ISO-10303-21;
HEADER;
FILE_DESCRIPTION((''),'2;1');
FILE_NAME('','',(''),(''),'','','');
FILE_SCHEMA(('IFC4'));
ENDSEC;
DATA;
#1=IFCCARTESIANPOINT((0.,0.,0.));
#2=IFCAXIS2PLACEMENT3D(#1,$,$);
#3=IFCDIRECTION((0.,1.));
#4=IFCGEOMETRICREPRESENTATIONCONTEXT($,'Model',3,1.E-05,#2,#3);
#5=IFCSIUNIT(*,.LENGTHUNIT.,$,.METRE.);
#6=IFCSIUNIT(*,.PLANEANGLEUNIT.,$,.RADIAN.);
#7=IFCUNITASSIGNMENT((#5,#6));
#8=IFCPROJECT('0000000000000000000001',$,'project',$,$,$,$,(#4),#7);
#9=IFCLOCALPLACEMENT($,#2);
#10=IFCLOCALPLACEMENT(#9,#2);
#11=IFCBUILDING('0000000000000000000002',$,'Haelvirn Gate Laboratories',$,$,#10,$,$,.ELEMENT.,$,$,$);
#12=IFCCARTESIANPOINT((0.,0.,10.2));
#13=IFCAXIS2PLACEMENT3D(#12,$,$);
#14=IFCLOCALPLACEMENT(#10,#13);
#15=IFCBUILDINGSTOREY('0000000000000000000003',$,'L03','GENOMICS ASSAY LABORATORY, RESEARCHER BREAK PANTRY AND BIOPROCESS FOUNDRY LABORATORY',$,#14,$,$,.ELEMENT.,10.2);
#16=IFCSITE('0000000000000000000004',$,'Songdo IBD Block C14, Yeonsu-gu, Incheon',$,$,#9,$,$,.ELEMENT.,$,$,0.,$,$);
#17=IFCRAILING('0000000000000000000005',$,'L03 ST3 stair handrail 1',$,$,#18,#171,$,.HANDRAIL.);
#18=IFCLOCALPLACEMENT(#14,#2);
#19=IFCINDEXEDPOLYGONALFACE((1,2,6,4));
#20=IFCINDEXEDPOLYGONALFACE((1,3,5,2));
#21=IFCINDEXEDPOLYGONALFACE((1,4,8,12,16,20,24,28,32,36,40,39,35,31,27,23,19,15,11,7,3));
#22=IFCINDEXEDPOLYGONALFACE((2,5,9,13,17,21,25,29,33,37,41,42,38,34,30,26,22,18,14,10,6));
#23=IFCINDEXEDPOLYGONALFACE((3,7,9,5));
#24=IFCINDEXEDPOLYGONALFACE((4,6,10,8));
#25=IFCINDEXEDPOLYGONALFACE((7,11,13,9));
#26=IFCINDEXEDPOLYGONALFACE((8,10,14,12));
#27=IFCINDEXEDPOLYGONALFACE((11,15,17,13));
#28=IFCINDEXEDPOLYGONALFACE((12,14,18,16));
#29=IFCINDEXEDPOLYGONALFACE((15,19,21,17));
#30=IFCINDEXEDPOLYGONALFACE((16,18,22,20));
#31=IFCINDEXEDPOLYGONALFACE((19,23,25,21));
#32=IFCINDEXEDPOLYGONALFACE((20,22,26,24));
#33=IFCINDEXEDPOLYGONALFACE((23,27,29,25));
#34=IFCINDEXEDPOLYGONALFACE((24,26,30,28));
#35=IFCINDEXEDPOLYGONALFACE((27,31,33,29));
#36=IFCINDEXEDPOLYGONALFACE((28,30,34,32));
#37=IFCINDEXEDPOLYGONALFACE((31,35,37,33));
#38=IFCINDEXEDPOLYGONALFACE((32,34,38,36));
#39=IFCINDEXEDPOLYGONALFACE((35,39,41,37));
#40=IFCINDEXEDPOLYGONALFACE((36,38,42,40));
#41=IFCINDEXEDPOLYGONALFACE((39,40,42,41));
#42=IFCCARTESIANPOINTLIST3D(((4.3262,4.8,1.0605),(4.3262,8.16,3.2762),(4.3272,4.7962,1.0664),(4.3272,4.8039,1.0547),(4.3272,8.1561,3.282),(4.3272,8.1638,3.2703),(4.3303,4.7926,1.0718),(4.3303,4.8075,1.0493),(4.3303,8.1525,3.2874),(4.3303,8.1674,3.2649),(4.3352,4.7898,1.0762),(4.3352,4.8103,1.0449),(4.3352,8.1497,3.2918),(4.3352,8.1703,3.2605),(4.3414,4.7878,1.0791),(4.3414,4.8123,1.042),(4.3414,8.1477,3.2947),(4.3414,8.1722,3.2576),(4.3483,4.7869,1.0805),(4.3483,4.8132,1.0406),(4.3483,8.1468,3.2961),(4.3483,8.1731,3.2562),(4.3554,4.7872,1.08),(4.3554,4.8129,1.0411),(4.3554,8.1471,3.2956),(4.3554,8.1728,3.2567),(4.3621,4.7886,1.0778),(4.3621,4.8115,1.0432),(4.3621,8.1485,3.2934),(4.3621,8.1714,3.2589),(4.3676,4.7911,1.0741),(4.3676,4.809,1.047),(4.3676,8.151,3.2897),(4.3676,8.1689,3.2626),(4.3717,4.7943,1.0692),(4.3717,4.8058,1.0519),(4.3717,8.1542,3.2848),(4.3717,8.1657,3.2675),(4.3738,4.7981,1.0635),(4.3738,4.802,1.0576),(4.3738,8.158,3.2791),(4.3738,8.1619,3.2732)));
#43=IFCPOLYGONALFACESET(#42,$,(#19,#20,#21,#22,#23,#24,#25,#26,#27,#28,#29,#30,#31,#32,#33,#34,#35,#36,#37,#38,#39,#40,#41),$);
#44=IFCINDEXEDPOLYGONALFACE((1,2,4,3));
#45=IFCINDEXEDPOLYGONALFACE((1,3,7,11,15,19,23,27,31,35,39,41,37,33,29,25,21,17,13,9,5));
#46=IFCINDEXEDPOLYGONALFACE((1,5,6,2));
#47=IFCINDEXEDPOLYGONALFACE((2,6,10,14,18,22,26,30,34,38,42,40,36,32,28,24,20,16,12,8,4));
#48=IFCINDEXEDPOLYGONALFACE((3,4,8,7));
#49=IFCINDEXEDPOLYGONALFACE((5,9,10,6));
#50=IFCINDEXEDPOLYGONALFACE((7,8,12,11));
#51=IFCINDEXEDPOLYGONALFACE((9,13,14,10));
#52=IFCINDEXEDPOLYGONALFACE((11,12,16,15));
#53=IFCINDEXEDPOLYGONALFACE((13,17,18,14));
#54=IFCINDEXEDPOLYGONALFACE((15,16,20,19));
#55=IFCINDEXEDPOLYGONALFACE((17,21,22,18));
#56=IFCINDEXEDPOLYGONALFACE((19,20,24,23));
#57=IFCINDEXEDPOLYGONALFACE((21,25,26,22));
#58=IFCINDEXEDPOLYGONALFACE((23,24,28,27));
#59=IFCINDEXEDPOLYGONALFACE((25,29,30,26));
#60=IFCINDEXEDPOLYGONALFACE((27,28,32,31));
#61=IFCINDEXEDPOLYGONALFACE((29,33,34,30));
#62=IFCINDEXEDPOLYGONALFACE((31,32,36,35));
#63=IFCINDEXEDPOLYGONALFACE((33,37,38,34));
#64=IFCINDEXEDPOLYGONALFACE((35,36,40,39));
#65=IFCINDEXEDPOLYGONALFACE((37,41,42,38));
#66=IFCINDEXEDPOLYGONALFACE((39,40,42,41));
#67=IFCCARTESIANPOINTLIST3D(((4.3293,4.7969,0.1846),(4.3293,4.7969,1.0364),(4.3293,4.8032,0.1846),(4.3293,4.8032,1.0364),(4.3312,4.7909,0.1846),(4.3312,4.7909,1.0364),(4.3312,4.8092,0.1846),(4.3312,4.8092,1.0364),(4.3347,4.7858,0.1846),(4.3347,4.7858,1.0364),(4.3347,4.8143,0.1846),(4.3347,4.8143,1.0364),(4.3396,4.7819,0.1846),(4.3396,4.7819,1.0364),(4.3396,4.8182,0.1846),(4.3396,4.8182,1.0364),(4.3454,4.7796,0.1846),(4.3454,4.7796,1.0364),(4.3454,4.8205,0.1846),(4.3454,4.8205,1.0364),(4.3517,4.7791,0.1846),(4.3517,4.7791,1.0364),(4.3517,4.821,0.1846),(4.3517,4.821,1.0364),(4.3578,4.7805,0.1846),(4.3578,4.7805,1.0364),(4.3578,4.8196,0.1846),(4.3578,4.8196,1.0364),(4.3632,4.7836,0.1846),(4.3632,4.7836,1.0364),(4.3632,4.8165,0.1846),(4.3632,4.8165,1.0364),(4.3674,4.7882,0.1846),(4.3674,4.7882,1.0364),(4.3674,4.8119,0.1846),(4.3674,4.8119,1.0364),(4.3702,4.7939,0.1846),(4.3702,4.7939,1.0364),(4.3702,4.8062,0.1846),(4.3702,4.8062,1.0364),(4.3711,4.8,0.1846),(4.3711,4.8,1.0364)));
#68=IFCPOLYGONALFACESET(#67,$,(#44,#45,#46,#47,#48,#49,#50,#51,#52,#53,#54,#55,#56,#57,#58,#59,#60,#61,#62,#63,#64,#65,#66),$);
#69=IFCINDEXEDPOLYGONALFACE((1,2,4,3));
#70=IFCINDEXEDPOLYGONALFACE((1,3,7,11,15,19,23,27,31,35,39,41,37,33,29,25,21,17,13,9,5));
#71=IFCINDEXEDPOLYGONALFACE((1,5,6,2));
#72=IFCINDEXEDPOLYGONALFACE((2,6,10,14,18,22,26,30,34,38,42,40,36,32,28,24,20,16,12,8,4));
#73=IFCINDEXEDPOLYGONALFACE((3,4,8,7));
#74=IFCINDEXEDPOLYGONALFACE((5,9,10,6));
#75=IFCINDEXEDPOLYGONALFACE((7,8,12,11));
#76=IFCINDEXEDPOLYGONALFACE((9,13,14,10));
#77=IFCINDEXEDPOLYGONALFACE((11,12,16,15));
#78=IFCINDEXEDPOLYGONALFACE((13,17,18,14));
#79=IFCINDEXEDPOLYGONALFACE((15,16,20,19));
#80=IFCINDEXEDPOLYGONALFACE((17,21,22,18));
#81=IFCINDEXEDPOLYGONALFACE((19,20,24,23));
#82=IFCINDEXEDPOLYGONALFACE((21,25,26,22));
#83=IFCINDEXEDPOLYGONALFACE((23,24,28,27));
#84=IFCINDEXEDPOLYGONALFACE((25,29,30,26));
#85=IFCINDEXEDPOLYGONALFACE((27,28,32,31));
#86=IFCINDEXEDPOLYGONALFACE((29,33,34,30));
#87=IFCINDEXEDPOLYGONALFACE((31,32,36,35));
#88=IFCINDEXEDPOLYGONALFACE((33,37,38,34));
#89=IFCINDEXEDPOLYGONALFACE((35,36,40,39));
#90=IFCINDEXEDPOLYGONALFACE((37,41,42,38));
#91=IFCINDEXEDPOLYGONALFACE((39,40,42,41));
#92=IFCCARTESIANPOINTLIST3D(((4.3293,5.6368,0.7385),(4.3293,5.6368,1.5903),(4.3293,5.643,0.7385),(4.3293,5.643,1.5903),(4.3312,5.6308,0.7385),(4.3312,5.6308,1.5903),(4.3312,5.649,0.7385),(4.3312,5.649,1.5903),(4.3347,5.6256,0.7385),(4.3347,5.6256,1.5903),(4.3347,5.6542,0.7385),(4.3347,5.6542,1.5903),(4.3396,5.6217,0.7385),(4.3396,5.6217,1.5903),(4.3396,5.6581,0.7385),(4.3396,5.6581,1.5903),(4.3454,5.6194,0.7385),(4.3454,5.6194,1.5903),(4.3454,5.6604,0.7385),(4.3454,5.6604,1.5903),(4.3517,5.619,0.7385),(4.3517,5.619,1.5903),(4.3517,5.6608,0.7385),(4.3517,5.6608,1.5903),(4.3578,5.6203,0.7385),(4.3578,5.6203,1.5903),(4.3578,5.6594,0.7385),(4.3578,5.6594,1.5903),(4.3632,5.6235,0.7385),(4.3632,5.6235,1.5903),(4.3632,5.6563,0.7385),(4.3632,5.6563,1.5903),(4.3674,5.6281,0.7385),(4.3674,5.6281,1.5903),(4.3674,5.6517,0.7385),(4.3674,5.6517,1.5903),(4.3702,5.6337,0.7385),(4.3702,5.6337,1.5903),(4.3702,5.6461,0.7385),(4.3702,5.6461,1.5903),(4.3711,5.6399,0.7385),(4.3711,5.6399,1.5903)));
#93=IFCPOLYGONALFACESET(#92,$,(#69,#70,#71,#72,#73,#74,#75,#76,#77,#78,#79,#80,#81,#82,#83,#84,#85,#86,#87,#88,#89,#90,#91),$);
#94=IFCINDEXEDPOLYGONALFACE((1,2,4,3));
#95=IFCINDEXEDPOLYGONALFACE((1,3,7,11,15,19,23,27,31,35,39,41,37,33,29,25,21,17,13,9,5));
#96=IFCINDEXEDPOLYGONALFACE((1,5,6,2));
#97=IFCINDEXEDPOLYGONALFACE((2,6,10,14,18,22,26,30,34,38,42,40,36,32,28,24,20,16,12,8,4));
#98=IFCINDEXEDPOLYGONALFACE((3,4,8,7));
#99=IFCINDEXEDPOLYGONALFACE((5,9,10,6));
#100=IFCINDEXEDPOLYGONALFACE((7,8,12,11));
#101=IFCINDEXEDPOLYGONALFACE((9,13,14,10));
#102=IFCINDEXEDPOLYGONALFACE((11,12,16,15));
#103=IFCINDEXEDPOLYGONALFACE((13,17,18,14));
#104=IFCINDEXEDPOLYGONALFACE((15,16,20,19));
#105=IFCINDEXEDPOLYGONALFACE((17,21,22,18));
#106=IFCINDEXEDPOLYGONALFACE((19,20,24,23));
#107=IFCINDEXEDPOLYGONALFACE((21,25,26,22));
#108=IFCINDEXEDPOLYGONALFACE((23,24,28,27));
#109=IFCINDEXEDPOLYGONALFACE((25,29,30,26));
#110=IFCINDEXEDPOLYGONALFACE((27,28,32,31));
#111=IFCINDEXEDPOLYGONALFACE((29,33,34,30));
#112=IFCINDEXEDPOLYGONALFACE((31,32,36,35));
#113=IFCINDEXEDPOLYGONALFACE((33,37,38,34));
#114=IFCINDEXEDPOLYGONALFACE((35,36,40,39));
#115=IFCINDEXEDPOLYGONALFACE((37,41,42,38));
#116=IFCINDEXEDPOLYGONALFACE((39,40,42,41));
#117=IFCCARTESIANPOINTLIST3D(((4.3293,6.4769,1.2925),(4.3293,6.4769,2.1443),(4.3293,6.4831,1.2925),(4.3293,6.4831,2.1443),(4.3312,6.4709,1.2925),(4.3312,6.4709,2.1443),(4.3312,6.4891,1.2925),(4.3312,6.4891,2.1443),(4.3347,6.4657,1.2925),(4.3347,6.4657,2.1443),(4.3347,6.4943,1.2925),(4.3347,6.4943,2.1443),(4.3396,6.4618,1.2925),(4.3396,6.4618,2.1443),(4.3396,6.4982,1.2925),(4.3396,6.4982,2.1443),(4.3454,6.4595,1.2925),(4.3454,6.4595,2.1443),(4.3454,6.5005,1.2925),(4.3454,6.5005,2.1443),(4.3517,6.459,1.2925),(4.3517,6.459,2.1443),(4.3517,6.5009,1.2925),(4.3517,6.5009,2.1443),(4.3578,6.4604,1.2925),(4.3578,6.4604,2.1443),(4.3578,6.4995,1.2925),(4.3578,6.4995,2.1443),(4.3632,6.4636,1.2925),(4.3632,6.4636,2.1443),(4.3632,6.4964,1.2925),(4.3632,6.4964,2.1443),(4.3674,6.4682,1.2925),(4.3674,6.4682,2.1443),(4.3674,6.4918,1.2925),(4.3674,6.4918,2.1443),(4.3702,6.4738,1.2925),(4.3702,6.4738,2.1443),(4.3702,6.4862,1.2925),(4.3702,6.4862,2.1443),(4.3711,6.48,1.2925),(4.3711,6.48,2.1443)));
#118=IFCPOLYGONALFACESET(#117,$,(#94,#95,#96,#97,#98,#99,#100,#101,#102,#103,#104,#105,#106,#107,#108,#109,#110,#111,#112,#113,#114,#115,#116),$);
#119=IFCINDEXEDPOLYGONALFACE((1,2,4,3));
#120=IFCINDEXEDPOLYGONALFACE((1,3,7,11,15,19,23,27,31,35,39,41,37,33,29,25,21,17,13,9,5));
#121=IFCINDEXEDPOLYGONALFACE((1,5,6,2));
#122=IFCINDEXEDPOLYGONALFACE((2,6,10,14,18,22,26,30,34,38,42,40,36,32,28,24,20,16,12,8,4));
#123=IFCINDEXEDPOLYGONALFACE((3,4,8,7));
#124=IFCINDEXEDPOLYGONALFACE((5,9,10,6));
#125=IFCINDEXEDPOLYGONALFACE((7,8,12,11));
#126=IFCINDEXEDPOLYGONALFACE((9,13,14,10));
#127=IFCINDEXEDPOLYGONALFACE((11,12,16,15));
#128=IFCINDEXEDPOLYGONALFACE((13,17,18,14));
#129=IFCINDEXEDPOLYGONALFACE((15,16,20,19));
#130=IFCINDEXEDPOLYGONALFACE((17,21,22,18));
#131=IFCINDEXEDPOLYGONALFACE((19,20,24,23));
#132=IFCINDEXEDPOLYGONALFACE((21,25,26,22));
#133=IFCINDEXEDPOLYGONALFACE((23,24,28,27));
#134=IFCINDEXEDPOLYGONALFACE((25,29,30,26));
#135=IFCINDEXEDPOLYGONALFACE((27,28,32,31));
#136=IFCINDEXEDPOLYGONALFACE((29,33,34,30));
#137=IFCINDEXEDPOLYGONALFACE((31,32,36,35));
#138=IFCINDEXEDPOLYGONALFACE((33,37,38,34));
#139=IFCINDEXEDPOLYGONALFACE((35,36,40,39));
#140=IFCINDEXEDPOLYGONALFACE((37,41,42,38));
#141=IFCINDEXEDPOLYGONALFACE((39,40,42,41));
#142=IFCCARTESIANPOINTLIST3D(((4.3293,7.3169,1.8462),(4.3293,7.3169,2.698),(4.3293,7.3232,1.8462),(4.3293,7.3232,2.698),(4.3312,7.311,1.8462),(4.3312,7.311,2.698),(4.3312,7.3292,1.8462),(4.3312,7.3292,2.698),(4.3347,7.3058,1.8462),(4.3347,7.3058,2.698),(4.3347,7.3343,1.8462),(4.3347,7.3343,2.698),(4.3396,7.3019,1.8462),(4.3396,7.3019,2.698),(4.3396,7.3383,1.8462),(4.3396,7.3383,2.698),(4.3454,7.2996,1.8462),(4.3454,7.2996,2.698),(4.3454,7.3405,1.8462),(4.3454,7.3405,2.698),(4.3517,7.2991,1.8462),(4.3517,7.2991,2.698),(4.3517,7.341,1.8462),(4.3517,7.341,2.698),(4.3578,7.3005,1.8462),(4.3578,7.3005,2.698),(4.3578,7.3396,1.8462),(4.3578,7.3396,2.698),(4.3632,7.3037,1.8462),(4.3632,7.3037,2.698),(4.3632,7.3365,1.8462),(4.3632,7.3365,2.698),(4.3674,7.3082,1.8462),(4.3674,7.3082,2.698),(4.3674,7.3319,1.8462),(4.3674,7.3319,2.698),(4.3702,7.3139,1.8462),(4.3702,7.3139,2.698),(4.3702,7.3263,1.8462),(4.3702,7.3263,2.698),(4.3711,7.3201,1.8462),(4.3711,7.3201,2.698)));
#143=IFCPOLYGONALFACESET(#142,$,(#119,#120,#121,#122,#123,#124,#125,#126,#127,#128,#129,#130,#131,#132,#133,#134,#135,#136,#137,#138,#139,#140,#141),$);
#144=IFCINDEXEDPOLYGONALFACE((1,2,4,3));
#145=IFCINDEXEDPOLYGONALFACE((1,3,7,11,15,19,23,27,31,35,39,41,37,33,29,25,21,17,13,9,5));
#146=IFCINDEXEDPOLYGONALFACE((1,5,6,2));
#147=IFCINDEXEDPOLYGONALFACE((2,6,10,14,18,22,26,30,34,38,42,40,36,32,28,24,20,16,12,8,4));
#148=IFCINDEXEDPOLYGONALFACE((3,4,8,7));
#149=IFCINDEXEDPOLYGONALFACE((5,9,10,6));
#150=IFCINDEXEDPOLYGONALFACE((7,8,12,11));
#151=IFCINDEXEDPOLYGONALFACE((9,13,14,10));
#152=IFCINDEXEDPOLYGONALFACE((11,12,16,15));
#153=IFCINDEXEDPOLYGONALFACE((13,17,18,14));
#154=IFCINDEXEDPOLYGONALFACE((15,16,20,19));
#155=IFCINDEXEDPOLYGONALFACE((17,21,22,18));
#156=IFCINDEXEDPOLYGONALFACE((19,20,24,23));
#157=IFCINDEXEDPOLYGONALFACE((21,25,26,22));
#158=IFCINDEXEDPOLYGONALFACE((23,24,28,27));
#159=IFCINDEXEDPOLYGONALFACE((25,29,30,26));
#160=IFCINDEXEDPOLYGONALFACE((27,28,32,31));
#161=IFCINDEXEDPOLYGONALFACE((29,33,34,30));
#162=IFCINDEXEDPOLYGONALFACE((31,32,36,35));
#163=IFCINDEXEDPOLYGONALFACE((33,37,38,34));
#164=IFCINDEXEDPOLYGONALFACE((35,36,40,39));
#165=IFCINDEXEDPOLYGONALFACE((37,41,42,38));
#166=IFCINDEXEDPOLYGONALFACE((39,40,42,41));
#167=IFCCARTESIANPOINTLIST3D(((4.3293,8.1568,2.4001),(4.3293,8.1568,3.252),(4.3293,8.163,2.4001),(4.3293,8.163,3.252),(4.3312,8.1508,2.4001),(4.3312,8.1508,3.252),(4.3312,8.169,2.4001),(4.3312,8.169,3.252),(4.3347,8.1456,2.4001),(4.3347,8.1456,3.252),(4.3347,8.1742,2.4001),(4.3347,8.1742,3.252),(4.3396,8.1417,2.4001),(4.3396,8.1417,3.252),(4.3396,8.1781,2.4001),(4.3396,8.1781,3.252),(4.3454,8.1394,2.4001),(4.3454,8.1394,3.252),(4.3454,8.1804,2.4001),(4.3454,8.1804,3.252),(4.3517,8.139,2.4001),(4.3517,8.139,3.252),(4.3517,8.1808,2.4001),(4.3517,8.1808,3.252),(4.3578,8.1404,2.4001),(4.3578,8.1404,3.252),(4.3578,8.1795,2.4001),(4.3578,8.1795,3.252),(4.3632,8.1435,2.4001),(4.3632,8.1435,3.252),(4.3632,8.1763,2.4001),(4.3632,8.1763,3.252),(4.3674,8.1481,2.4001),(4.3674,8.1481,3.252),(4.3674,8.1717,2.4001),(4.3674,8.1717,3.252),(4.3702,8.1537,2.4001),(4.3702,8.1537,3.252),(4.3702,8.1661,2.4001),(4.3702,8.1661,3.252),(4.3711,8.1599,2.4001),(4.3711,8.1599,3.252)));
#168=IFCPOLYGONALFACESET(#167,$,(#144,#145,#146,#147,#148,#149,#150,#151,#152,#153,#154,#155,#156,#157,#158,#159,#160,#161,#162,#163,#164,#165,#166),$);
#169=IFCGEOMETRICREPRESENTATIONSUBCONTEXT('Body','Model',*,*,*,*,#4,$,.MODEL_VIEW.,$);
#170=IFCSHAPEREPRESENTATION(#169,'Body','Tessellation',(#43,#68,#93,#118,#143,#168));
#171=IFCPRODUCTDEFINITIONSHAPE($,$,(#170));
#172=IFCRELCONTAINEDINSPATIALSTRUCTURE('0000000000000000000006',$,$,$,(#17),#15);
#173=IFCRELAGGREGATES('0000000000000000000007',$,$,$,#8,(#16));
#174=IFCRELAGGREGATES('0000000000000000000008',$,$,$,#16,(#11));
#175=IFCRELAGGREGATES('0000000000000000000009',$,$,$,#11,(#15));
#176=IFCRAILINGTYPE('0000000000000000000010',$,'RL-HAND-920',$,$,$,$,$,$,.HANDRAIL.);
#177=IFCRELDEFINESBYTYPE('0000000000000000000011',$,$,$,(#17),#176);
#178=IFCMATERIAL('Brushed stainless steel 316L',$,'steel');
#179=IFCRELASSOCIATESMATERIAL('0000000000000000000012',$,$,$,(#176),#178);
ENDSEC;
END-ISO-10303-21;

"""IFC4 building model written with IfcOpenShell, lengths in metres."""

from ifc_helpers import new_model, si_unit, direction, frame, origin, origin_2d, place, context, subcontext, project, spatial, circle, extrude, source, transform, mapped, material, type_object, element, save


model = new_model("IFC4")

# Units and contexts
model_context = context("Model", 3, precision=1e-05, world=origin(), true_north=direction((0.0, 1.0)))
body_context = subcontext(model_context, "Body", "Model", "MODEL_VIEW")
ifc_project = project(units=[si_unit("LENGTHUNIT", "METRE"), si_unit("PLANEANGLEUNIT", "RADIAN")], contexts=[model_context])

# Site, building, storey
site_placement = place(None, origin())
site = spatial("IfcSite", under=ifc_project, at=site_placement, Name="Songdo IBD Block C14, Yeonsu-gu, Incheon", CompositionType="ELEMENT", RefElevation=0.0)
building_placement = place(site_placement, origin())
building = spatial("IfcBuilding", under=site, at=building_placement, Name="Haelvirn Gate Laboratories", CompositionType="ELEMENT")
storey_placement = place(building_placement, frame((0.0, 0.0, 10.2)))
storey = spatial("IfcBuildingStorey", under=building, at=storey_placement, Name="L03", Description="GENOMICS ASSAY LABORATORY, RESEARCHER BREAK PANTRY AND BIOPROCESS FOUNDRY LABORATORY", CompositionType="ELEMENT", Elevation=10.2)

# Railing
ifc_material_1 = material(Name="Brushed stainless steel 316L", Category="steel")
railing_type_1 = type_object("IfcRailingType", Name="RL-HAND-920", PredefinedType="HANDRAIL", material=ifc_material_1)
shared_shape_1 = source(origin(), body_context, "Body", "SweptSolid", [
    extrude(circle(Radius=0.0239, at=origin_2d()), frame((0.0, 0.0, 0.876), z_axis=(0.0, 0.83483, 0.550508), x_axis=(-1.0, 0.0, 0.0)), (0.0, 0.0, 1.0), 4.0247),
    extrude(circle(Radius=0.021, at=origin_2d()), origin(), (0.0, 0.0, 1.0), 0.8518),
    extrude(circle(Radius=0.021, at=origin_2d()), frame((0.0, 0.8398, 0.554)), (0.0, 0.0, 1.0), 0.8518),
    extrude(circle(Radius=0.021, at=origin_2d()), frame((0.0, 1.6799, 1.1079)), (0.0, 0.0, 1.0), 0.8518),
    extrude(circle(Radius=0.021, at=origin_2d()), frame((0.0, 2.52, 1.6616)), (0.0, 0.0, 1.0), 0.8518),
    extrude(circle(Radius=0.021, at=origin_2d()), frame((0.0, 3.3599, 2.2156)), (0.0, 0.0, 1.0), 0.8518),
])
railing_1_placement = place(storey_placement, frame((4.3501, 4.8, 0.1846)))
element("IfcRailing", 1, at=railing_1_placement, inside=storey, type_object=railing_type_1, Name="L03 ST3 stair handrail 1", PredefinedType="HANDRAIL", context=body_context, shape_type="MappedRepresentation", body=[
    mapped(shared_shape_1, transform((0.0, 0.0, 0.0), scale=1.0)),
])

save(model, "model.ifc")
